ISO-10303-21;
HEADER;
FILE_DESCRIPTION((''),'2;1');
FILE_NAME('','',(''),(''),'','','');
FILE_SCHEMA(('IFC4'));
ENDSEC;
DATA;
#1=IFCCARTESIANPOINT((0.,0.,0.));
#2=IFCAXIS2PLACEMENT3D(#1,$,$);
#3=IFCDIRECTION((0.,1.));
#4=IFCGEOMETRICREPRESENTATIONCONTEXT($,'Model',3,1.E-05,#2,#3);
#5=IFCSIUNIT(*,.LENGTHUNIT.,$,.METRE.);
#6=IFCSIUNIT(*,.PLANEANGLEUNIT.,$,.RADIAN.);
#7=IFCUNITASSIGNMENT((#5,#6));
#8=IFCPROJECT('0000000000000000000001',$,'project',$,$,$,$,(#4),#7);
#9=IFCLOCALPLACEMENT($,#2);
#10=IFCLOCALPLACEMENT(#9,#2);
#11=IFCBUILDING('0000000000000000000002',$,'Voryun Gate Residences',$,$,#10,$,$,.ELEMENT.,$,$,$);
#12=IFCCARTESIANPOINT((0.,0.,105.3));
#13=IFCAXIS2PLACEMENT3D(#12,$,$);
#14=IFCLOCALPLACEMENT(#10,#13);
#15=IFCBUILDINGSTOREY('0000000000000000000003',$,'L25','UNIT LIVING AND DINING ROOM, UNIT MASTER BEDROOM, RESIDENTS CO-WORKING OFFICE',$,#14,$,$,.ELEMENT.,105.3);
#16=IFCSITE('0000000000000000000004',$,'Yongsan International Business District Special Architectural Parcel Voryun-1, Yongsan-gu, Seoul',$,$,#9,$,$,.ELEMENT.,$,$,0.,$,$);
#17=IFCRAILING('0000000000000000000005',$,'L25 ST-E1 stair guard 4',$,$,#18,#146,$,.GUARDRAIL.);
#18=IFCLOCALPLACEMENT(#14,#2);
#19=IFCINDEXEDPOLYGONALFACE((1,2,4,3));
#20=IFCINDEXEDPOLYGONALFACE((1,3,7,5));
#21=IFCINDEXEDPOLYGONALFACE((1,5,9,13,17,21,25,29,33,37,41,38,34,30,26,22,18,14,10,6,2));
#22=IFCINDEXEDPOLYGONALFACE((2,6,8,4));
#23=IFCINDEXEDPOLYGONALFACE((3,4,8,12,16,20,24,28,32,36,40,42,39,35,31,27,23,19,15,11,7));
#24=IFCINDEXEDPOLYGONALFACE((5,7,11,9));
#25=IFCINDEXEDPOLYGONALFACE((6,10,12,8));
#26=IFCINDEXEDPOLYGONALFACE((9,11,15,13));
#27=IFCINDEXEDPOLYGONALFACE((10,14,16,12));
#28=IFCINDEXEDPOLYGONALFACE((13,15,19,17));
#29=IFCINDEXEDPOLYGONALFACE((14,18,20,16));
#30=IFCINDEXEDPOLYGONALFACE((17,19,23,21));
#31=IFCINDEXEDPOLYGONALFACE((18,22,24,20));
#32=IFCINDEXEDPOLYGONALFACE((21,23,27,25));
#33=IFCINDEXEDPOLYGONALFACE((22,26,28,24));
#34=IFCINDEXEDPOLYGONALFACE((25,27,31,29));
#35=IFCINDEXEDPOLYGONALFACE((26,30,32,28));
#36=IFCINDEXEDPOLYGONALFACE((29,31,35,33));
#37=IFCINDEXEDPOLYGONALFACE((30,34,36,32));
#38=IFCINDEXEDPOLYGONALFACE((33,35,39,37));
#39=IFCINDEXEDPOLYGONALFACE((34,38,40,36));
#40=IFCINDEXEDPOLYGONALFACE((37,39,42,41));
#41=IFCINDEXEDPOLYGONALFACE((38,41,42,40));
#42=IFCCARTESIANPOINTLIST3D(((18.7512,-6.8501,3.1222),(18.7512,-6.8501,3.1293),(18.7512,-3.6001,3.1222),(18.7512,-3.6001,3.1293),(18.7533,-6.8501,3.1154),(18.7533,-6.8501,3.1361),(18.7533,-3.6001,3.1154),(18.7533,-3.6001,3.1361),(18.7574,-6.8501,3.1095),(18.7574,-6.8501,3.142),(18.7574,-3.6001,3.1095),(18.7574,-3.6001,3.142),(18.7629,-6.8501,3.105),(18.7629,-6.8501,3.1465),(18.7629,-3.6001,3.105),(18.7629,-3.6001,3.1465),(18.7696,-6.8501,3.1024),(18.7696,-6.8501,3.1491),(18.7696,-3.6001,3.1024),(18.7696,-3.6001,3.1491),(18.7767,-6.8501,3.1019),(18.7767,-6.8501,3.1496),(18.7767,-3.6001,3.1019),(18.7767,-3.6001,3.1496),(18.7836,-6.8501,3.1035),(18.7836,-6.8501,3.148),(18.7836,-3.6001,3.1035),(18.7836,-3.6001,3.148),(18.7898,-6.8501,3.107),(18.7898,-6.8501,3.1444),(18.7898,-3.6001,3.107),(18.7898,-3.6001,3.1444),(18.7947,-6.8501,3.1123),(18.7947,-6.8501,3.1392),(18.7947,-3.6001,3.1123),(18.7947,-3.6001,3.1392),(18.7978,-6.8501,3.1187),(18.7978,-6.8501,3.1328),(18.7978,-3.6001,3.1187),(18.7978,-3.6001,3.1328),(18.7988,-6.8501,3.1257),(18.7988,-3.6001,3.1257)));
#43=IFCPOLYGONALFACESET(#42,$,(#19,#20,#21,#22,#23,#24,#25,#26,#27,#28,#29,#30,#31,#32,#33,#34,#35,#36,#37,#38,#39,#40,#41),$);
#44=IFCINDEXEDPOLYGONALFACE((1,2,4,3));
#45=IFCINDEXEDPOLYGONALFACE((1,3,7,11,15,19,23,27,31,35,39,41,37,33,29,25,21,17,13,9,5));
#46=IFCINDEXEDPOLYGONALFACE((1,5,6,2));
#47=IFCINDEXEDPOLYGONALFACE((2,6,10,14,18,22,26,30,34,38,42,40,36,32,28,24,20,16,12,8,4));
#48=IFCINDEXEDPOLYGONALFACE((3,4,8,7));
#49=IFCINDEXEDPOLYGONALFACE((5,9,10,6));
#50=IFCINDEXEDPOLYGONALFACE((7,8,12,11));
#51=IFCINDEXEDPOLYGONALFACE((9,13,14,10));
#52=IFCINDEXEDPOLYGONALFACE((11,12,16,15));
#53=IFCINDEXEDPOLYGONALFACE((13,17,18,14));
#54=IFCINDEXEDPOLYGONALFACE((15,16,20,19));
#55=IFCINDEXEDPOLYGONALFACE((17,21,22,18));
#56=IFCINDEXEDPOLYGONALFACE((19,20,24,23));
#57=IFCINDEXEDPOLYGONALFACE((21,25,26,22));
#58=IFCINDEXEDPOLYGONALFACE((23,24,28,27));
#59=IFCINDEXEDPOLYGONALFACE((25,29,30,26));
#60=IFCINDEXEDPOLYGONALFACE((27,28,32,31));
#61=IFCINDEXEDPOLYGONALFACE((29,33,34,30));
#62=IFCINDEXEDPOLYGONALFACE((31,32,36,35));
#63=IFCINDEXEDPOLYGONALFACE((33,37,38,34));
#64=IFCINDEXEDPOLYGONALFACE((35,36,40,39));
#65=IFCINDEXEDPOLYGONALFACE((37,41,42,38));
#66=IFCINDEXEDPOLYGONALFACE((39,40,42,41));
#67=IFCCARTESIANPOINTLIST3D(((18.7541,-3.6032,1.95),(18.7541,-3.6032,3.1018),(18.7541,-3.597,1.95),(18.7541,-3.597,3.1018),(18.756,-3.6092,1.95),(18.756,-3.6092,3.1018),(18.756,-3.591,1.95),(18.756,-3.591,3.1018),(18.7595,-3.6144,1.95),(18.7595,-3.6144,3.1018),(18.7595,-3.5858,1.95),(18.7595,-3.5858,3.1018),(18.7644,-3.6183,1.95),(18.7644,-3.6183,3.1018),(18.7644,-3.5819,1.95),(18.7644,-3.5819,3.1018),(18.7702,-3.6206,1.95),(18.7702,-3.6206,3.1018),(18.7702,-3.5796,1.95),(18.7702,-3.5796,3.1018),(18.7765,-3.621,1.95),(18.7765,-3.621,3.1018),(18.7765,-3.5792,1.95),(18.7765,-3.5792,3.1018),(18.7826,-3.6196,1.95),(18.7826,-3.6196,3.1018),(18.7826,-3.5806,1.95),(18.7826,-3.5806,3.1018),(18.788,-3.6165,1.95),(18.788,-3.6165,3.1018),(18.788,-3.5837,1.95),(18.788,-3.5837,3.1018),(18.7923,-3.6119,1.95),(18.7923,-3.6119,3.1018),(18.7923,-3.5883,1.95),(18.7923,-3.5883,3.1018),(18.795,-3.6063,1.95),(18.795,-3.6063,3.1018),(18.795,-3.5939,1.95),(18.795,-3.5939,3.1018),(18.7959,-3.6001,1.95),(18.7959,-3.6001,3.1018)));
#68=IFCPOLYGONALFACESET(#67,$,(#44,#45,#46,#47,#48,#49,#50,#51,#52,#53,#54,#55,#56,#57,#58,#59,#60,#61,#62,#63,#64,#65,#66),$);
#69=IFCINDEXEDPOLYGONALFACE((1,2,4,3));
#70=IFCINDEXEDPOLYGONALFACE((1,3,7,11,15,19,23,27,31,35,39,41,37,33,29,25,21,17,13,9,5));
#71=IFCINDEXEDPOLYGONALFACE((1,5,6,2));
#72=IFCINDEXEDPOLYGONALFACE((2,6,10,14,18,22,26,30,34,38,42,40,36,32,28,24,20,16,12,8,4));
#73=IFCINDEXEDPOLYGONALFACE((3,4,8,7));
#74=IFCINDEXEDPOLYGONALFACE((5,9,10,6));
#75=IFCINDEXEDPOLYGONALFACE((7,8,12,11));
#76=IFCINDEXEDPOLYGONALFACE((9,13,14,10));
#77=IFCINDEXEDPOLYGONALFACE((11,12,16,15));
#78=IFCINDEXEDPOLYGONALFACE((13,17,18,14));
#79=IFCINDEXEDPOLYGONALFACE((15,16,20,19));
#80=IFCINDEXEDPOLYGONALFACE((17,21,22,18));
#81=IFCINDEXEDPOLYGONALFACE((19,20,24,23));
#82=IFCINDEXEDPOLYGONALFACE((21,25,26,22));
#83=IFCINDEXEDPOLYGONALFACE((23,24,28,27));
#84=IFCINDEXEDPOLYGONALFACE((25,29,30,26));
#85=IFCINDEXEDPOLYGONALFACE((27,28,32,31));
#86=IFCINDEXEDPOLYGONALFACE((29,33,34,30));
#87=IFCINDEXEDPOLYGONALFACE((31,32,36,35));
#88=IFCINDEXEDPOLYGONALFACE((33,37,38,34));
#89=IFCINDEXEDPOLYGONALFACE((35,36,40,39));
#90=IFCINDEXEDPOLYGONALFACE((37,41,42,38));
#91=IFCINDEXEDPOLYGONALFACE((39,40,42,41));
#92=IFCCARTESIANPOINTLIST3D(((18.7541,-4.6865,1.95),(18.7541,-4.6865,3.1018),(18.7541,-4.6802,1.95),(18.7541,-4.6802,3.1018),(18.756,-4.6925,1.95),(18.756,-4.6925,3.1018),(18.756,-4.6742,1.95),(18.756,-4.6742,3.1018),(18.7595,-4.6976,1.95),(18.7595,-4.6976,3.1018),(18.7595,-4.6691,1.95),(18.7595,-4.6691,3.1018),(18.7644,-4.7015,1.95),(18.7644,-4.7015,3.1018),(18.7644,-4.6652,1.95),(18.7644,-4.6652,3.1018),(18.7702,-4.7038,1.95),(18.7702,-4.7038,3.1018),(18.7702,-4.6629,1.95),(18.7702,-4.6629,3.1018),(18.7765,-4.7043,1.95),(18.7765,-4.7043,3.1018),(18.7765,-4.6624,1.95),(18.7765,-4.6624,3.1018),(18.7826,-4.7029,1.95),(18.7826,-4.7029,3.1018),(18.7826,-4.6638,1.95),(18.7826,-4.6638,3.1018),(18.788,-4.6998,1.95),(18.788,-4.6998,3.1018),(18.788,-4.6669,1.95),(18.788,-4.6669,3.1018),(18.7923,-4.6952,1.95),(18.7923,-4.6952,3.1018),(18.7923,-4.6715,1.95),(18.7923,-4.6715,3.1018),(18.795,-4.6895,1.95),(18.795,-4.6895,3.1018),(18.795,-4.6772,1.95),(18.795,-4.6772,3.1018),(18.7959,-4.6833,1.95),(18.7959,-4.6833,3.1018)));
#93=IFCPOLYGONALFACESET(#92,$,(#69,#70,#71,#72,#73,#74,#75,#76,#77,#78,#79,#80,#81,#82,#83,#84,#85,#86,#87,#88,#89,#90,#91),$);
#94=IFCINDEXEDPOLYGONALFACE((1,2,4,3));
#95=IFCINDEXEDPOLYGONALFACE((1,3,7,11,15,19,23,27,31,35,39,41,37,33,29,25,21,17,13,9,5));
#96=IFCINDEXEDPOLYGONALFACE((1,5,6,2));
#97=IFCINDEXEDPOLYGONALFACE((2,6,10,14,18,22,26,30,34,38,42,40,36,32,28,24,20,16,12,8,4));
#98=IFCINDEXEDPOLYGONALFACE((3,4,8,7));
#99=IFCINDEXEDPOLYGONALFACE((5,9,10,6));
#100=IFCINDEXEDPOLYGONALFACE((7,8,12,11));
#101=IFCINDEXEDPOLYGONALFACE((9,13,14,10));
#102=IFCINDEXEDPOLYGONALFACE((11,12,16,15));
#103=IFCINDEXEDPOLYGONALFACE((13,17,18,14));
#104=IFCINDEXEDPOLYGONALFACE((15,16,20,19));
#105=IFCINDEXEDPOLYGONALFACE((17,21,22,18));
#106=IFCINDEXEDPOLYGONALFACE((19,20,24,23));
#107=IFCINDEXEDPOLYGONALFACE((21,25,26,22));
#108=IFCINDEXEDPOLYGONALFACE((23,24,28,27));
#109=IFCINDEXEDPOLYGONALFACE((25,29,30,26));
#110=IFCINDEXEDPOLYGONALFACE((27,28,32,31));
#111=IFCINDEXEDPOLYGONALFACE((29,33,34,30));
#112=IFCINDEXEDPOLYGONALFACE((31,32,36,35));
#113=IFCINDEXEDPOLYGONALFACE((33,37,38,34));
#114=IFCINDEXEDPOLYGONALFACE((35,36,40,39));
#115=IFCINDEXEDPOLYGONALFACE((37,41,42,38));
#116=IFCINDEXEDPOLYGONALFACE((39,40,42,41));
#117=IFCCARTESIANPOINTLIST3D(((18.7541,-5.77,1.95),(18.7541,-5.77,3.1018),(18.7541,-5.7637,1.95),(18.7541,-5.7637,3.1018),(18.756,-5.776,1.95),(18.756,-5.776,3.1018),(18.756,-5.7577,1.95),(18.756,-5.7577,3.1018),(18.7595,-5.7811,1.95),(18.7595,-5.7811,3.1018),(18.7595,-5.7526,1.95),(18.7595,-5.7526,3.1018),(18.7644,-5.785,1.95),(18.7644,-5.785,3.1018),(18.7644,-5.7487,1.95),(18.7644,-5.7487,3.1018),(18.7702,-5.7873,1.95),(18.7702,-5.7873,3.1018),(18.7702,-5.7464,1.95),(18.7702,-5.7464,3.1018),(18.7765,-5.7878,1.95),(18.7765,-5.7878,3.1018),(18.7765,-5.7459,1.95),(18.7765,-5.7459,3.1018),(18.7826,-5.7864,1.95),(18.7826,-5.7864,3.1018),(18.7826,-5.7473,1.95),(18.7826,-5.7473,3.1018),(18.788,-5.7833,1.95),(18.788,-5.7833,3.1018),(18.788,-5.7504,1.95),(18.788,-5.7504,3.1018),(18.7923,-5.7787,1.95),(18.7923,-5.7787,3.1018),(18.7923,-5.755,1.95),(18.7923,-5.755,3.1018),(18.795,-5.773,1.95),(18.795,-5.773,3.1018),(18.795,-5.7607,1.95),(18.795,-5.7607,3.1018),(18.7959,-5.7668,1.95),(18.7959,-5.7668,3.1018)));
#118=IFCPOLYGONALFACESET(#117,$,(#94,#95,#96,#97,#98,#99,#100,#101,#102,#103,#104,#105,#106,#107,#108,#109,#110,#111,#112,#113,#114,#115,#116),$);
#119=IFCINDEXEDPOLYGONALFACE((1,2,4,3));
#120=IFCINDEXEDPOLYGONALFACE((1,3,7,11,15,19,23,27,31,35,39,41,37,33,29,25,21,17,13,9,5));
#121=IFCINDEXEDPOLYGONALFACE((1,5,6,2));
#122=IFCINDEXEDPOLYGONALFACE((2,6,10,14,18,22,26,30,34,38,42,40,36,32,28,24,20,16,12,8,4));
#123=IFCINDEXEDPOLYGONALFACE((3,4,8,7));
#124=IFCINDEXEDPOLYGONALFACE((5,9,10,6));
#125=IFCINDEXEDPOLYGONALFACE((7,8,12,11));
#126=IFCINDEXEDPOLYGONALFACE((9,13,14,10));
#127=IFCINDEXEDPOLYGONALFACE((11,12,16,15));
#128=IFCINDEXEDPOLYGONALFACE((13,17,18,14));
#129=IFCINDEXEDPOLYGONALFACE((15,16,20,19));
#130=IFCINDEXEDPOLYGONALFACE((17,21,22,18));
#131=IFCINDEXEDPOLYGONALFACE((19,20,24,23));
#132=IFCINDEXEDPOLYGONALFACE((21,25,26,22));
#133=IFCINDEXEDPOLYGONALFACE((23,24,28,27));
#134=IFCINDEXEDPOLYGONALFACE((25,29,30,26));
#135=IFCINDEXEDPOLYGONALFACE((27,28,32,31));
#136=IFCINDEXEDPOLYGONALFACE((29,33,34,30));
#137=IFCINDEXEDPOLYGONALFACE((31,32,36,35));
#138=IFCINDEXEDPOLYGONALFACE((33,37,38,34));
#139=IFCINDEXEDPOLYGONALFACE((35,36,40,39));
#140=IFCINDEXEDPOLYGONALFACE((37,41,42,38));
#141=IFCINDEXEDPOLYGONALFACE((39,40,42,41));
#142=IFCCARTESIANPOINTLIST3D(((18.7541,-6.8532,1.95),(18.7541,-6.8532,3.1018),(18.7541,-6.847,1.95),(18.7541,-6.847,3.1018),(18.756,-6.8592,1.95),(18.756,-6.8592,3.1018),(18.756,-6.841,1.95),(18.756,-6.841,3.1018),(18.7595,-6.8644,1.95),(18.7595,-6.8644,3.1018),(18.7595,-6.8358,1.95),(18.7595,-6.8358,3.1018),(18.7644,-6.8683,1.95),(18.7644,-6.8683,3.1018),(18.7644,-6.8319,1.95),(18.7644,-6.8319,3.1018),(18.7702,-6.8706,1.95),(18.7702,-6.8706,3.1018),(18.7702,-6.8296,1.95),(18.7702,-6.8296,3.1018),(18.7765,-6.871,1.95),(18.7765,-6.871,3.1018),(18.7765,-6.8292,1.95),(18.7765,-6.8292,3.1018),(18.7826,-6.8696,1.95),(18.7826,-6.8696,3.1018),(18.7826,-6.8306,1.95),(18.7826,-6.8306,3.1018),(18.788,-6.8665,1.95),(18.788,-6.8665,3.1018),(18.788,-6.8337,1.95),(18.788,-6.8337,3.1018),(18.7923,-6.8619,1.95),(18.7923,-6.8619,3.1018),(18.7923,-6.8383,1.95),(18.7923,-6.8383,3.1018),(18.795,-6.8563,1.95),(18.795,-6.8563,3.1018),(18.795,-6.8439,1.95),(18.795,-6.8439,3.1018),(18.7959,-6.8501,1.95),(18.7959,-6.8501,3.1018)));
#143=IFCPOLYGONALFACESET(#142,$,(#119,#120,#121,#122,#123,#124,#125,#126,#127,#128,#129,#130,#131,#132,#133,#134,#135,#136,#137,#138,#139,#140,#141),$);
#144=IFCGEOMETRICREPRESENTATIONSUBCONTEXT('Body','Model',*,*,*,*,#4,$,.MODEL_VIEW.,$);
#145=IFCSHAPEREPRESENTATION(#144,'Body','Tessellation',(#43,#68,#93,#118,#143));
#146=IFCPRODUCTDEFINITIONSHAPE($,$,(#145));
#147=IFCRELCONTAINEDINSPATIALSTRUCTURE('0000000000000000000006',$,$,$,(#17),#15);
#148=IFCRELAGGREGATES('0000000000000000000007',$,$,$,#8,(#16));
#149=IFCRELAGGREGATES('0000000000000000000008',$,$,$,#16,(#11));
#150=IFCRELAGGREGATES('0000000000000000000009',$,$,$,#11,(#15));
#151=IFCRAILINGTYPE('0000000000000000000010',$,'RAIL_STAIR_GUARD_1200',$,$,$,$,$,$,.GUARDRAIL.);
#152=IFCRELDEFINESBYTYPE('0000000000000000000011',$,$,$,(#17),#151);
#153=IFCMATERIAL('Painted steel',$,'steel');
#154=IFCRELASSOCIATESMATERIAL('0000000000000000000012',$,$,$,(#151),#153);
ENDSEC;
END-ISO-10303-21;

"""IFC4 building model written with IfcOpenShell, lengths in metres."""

from ifc_helpers import new_model, si_unit, direction, frame, origin, origin_2d, place, context, subcontext, project, spatial, circle, extrude, material, type_object, element, save


model = new_model("IFC4")

# Units and contexts
model_context = context("Model", 3, precision=1e-05, world=origin(), true_north=direction((0.0, 1.0)))
body_context = subcontext(model_context, "Body", "Model", "MODEL_VIEW")
ifc_project = project(units=[si_unit("LENGTHUNIT", "METRE"), si_unit("PLANEANGLEUNIT", "RADIAN")], contexts=[model_context])

# Site, building, storey
site_placement = place(None, origin())
site = spatial("IfcSite", under=ifc_project, at=site_placement, Name="Yongsan International Business District Special Architectural Parcel Voryun-1, Yongsan-gu, Seoul", CompositionType="ELEMENT", RefElevation=0.0)
building_placement = place(site_placement, origin())
building = spatial("IfcBuilding", under=site, at=building_placement, Name="Voryun Gate Residences", CompositionType="ELEMENT")
storey_placement = place(building_placement, frame((0.0, 0.0, 105.3)))
storey = spatial("IfcBuildingStorey", under=building, at=storey_placement, Name="L25", Description="UNIT LIVING AND DINING ROOM, UNIT MASTER BEDROOM, RESIDENTS CO-WORKING OFFICE", CompositionType="ELEMENT", Elevation=105.3)

# Railing
ifc_material_1 = material(Name="Painted steel", Category="steel")
railing_type_1 = type_object("IfcRailingType", Name="RAIL_STAIR_GUARD_1200", PredefinedType="GUARDRAIL", material=ifc_material_1)
railing_1_placement = place(storey_placement, frame((18.7749, -3.6001, 1.95)))
element("IfcRailing", 1, at=railing_1_placement, inside=storey, type_object=railing_type_1, Name="L25 ST-E1 stair guard 4", PredefinedType="GUARDRAIL", context=body_context, shape_type="SweptSolid", body=[
    extrude(circle(Radius=0.0239, at=origin_2d()), frame((0.0, 0.0, 1.1758), z_axis=(0.0, -1.0, 0.0), x_axis=(1.0, 0.0, 0.0)), (0.0, 0.0, 1.0), 3.25),
    extrude(circle(Radius=0.021, at=origin_2d()), origin(), (0.0, 0.0, 1.0), 1.1519),
    extrude(circle(Radius=0.021, at=origin_2d()), frame((0.0, -1.0833, 0.0)), (0.0, 0.0, 1.0), 1.1519),
    extrude(circle(Radius=0.021, at=origin_2d()), frame((0.0, -2.1667, 0.0)), (0.0, 0.0, 1.0), 1.1519),
    extrude(circle(Radius=0.021, at=origin_2d()), frame((0.0, -3.25, 0.0)), (0.0, 0.0, 1.0), 1.1519),
])

save(model, "model.ifc")
